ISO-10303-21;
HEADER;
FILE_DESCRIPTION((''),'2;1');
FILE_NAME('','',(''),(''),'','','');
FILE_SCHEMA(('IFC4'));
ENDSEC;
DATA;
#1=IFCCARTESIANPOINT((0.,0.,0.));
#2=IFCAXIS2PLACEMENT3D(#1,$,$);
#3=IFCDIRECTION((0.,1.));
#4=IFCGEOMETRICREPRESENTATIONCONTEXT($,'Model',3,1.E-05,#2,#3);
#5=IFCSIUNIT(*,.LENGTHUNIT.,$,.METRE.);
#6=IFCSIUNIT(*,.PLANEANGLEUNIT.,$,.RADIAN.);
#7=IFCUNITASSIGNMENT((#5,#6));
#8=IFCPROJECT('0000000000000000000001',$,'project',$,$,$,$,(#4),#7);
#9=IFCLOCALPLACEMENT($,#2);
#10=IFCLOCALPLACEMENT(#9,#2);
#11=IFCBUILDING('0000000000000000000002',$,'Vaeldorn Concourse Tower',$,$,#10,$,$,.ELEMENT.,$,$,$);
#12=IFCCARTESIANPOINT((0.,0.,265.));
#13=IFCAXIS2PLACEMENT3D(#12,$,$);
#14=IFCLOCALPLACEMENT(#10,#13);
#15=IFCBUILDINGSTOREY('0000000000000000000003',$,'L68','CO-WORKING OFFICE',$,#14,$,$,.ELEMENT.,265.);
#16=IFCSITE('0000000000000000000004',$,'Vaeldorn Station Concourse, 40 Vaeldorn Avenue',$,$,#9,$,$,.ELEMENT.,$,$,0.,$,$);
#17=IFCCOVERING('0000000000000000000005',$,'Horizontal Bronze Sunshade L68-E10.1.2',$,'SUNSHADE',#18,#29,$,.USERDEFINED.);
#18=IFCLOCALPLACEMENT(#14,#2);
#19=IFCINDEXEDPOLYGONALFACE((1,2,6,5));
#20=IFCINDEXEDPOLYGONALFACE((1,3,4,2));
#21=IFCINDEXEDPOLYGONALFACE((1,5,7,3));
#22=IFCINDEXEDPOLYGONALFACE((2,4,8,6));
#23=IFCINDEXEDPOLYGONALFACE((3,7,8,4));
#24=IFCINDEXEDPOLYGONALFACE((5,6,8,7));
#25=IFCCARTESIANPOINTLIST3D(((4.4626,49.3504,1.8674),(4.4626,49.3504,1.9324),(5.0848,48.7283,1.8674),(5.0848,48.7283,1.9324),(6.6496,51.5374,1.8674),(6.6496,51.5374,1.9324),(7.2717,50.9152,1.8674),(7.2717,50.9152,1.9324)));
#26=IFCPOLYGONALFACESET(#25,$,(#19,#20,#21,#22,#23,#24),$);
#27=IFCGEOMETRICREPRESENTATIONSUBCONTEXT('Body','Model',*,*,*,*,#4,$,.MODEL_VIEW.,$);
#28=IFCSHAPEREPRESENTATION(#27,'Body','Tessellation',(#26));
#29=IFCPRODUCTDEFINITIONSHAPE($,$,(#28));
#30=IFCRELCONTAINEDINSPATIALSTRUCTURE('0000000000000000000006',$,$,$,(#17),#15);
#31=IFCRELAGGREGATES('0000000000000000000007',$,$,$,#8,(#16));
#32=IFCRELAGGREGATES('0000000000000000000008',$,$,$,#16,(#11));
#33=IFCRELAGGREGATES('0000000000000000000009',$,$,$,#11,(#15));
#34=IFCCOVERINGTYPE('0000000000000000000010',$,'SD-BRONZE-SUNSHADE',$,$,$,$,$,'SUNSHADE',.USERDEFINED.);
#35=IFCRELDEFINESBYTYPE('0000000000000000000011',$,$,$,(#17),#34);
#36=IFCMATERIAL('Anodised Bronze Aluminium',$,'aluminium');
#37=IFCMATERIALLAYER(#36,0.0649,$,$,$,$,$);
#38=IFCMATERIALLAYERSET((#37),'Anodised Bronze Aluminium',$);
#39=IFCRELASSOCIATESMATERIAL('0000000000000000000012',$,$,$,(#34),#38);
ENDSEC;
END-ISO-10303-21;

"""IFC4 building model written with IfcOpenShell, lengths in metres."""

from ifc_helpers import new_model, si_unit, direction, frame, origin, origin_2d, place, context, subcontext, project, spatial, rectangle, extrude, source, transform, mapped, material, layer, layer_set, type_object, element, save


model = new_model("IFC4")

# Units and contexts
model_context = context("Model", 3, precision=1e-05, world=origin(), true_north=direction((0.0, 1.0)))
body_context = subcontext(model_context, "Body", "Model", "MODEL_VIEW")
ifc_project = project(units=[si_unit("LENGTHUNIT", "METRE"), si_unit("PLANEANGLEUNIT", "RADIAN")], contexts=[model_context])

# Site, building, storey
site_placement = place(None, origin())
site = spatial("IfcSite", under=ifc_project, at=site_placement, Name="Vaeldorn Station Concourse, 40 Vaeldorn Avenue", CompositionType="ELEMENT", RefElevation=0.0)
building_placement = place(site_placement, origin())
building = spatial("IfcBuilding", under=site, at=building_placement, Name="Vaeldorn Concourse Tower", CompositionType="ELEMENT")
storey_placement = place(building_placement, frame((0.0, 0.0, 265.0)))
storey = spatial("IfcBuildingStorey", under=building, at=storey_placement, Name="L68", Description="CO-WORKING OFFICE", CompositionType="ELEMENT", Elevation=265.0)

# Shared definitions
ifc_material_1 = material(Name="Anodised Bronze Aluminium", Category="aluminium")

# Covering
ifc_layer_1 = layer(ifc_material_1, 0.0649)
ifc_layer_set_1 = layer_set([ifc_layer_1], Name="Anodised Bronze Aluminium")
covering_type = type_object("IfcCoveringType", Name="SD-BRONZE-SUNSHADE", ElementType="SUNSHADE", PredefinedType="USERDEFINED", material=ifc_layer_set_1)
shared_shape_1 = source(origin(), body_context, "Body", "SweptSolid", [
    extrude(rectangle(XDim=3.0928, YDim=0.8799, at=origin_2d()), origin(), (0.0, 0.0, 1.0), 0.0649),
])
for number, where, z_axis, x_axis, name in (
    (1, (5.8672, 50.1328, 1.8674), (0.0, 0.0, 1.0), (-0.707107, -0.707107, 0.0), "Horizontal Bronze Sunshade L68-E10.1.2"),
):
    element("IfcCovering", number, at=place(storey_placement, frame(where, z_axis=z_axis, x_axis=x_axis)), inside=storey, type_object=covering_type, Name=name, ObjectType="SUNSHADE", PredefinedType="USERDEFINED", context=body_context, shape_type="MappedRepresentation", body=[
        mapped(shared_shape_1, transform((0.0, 0.0, 0.0), scale=1.0)),
    ])

save(model, "model.ifc")
